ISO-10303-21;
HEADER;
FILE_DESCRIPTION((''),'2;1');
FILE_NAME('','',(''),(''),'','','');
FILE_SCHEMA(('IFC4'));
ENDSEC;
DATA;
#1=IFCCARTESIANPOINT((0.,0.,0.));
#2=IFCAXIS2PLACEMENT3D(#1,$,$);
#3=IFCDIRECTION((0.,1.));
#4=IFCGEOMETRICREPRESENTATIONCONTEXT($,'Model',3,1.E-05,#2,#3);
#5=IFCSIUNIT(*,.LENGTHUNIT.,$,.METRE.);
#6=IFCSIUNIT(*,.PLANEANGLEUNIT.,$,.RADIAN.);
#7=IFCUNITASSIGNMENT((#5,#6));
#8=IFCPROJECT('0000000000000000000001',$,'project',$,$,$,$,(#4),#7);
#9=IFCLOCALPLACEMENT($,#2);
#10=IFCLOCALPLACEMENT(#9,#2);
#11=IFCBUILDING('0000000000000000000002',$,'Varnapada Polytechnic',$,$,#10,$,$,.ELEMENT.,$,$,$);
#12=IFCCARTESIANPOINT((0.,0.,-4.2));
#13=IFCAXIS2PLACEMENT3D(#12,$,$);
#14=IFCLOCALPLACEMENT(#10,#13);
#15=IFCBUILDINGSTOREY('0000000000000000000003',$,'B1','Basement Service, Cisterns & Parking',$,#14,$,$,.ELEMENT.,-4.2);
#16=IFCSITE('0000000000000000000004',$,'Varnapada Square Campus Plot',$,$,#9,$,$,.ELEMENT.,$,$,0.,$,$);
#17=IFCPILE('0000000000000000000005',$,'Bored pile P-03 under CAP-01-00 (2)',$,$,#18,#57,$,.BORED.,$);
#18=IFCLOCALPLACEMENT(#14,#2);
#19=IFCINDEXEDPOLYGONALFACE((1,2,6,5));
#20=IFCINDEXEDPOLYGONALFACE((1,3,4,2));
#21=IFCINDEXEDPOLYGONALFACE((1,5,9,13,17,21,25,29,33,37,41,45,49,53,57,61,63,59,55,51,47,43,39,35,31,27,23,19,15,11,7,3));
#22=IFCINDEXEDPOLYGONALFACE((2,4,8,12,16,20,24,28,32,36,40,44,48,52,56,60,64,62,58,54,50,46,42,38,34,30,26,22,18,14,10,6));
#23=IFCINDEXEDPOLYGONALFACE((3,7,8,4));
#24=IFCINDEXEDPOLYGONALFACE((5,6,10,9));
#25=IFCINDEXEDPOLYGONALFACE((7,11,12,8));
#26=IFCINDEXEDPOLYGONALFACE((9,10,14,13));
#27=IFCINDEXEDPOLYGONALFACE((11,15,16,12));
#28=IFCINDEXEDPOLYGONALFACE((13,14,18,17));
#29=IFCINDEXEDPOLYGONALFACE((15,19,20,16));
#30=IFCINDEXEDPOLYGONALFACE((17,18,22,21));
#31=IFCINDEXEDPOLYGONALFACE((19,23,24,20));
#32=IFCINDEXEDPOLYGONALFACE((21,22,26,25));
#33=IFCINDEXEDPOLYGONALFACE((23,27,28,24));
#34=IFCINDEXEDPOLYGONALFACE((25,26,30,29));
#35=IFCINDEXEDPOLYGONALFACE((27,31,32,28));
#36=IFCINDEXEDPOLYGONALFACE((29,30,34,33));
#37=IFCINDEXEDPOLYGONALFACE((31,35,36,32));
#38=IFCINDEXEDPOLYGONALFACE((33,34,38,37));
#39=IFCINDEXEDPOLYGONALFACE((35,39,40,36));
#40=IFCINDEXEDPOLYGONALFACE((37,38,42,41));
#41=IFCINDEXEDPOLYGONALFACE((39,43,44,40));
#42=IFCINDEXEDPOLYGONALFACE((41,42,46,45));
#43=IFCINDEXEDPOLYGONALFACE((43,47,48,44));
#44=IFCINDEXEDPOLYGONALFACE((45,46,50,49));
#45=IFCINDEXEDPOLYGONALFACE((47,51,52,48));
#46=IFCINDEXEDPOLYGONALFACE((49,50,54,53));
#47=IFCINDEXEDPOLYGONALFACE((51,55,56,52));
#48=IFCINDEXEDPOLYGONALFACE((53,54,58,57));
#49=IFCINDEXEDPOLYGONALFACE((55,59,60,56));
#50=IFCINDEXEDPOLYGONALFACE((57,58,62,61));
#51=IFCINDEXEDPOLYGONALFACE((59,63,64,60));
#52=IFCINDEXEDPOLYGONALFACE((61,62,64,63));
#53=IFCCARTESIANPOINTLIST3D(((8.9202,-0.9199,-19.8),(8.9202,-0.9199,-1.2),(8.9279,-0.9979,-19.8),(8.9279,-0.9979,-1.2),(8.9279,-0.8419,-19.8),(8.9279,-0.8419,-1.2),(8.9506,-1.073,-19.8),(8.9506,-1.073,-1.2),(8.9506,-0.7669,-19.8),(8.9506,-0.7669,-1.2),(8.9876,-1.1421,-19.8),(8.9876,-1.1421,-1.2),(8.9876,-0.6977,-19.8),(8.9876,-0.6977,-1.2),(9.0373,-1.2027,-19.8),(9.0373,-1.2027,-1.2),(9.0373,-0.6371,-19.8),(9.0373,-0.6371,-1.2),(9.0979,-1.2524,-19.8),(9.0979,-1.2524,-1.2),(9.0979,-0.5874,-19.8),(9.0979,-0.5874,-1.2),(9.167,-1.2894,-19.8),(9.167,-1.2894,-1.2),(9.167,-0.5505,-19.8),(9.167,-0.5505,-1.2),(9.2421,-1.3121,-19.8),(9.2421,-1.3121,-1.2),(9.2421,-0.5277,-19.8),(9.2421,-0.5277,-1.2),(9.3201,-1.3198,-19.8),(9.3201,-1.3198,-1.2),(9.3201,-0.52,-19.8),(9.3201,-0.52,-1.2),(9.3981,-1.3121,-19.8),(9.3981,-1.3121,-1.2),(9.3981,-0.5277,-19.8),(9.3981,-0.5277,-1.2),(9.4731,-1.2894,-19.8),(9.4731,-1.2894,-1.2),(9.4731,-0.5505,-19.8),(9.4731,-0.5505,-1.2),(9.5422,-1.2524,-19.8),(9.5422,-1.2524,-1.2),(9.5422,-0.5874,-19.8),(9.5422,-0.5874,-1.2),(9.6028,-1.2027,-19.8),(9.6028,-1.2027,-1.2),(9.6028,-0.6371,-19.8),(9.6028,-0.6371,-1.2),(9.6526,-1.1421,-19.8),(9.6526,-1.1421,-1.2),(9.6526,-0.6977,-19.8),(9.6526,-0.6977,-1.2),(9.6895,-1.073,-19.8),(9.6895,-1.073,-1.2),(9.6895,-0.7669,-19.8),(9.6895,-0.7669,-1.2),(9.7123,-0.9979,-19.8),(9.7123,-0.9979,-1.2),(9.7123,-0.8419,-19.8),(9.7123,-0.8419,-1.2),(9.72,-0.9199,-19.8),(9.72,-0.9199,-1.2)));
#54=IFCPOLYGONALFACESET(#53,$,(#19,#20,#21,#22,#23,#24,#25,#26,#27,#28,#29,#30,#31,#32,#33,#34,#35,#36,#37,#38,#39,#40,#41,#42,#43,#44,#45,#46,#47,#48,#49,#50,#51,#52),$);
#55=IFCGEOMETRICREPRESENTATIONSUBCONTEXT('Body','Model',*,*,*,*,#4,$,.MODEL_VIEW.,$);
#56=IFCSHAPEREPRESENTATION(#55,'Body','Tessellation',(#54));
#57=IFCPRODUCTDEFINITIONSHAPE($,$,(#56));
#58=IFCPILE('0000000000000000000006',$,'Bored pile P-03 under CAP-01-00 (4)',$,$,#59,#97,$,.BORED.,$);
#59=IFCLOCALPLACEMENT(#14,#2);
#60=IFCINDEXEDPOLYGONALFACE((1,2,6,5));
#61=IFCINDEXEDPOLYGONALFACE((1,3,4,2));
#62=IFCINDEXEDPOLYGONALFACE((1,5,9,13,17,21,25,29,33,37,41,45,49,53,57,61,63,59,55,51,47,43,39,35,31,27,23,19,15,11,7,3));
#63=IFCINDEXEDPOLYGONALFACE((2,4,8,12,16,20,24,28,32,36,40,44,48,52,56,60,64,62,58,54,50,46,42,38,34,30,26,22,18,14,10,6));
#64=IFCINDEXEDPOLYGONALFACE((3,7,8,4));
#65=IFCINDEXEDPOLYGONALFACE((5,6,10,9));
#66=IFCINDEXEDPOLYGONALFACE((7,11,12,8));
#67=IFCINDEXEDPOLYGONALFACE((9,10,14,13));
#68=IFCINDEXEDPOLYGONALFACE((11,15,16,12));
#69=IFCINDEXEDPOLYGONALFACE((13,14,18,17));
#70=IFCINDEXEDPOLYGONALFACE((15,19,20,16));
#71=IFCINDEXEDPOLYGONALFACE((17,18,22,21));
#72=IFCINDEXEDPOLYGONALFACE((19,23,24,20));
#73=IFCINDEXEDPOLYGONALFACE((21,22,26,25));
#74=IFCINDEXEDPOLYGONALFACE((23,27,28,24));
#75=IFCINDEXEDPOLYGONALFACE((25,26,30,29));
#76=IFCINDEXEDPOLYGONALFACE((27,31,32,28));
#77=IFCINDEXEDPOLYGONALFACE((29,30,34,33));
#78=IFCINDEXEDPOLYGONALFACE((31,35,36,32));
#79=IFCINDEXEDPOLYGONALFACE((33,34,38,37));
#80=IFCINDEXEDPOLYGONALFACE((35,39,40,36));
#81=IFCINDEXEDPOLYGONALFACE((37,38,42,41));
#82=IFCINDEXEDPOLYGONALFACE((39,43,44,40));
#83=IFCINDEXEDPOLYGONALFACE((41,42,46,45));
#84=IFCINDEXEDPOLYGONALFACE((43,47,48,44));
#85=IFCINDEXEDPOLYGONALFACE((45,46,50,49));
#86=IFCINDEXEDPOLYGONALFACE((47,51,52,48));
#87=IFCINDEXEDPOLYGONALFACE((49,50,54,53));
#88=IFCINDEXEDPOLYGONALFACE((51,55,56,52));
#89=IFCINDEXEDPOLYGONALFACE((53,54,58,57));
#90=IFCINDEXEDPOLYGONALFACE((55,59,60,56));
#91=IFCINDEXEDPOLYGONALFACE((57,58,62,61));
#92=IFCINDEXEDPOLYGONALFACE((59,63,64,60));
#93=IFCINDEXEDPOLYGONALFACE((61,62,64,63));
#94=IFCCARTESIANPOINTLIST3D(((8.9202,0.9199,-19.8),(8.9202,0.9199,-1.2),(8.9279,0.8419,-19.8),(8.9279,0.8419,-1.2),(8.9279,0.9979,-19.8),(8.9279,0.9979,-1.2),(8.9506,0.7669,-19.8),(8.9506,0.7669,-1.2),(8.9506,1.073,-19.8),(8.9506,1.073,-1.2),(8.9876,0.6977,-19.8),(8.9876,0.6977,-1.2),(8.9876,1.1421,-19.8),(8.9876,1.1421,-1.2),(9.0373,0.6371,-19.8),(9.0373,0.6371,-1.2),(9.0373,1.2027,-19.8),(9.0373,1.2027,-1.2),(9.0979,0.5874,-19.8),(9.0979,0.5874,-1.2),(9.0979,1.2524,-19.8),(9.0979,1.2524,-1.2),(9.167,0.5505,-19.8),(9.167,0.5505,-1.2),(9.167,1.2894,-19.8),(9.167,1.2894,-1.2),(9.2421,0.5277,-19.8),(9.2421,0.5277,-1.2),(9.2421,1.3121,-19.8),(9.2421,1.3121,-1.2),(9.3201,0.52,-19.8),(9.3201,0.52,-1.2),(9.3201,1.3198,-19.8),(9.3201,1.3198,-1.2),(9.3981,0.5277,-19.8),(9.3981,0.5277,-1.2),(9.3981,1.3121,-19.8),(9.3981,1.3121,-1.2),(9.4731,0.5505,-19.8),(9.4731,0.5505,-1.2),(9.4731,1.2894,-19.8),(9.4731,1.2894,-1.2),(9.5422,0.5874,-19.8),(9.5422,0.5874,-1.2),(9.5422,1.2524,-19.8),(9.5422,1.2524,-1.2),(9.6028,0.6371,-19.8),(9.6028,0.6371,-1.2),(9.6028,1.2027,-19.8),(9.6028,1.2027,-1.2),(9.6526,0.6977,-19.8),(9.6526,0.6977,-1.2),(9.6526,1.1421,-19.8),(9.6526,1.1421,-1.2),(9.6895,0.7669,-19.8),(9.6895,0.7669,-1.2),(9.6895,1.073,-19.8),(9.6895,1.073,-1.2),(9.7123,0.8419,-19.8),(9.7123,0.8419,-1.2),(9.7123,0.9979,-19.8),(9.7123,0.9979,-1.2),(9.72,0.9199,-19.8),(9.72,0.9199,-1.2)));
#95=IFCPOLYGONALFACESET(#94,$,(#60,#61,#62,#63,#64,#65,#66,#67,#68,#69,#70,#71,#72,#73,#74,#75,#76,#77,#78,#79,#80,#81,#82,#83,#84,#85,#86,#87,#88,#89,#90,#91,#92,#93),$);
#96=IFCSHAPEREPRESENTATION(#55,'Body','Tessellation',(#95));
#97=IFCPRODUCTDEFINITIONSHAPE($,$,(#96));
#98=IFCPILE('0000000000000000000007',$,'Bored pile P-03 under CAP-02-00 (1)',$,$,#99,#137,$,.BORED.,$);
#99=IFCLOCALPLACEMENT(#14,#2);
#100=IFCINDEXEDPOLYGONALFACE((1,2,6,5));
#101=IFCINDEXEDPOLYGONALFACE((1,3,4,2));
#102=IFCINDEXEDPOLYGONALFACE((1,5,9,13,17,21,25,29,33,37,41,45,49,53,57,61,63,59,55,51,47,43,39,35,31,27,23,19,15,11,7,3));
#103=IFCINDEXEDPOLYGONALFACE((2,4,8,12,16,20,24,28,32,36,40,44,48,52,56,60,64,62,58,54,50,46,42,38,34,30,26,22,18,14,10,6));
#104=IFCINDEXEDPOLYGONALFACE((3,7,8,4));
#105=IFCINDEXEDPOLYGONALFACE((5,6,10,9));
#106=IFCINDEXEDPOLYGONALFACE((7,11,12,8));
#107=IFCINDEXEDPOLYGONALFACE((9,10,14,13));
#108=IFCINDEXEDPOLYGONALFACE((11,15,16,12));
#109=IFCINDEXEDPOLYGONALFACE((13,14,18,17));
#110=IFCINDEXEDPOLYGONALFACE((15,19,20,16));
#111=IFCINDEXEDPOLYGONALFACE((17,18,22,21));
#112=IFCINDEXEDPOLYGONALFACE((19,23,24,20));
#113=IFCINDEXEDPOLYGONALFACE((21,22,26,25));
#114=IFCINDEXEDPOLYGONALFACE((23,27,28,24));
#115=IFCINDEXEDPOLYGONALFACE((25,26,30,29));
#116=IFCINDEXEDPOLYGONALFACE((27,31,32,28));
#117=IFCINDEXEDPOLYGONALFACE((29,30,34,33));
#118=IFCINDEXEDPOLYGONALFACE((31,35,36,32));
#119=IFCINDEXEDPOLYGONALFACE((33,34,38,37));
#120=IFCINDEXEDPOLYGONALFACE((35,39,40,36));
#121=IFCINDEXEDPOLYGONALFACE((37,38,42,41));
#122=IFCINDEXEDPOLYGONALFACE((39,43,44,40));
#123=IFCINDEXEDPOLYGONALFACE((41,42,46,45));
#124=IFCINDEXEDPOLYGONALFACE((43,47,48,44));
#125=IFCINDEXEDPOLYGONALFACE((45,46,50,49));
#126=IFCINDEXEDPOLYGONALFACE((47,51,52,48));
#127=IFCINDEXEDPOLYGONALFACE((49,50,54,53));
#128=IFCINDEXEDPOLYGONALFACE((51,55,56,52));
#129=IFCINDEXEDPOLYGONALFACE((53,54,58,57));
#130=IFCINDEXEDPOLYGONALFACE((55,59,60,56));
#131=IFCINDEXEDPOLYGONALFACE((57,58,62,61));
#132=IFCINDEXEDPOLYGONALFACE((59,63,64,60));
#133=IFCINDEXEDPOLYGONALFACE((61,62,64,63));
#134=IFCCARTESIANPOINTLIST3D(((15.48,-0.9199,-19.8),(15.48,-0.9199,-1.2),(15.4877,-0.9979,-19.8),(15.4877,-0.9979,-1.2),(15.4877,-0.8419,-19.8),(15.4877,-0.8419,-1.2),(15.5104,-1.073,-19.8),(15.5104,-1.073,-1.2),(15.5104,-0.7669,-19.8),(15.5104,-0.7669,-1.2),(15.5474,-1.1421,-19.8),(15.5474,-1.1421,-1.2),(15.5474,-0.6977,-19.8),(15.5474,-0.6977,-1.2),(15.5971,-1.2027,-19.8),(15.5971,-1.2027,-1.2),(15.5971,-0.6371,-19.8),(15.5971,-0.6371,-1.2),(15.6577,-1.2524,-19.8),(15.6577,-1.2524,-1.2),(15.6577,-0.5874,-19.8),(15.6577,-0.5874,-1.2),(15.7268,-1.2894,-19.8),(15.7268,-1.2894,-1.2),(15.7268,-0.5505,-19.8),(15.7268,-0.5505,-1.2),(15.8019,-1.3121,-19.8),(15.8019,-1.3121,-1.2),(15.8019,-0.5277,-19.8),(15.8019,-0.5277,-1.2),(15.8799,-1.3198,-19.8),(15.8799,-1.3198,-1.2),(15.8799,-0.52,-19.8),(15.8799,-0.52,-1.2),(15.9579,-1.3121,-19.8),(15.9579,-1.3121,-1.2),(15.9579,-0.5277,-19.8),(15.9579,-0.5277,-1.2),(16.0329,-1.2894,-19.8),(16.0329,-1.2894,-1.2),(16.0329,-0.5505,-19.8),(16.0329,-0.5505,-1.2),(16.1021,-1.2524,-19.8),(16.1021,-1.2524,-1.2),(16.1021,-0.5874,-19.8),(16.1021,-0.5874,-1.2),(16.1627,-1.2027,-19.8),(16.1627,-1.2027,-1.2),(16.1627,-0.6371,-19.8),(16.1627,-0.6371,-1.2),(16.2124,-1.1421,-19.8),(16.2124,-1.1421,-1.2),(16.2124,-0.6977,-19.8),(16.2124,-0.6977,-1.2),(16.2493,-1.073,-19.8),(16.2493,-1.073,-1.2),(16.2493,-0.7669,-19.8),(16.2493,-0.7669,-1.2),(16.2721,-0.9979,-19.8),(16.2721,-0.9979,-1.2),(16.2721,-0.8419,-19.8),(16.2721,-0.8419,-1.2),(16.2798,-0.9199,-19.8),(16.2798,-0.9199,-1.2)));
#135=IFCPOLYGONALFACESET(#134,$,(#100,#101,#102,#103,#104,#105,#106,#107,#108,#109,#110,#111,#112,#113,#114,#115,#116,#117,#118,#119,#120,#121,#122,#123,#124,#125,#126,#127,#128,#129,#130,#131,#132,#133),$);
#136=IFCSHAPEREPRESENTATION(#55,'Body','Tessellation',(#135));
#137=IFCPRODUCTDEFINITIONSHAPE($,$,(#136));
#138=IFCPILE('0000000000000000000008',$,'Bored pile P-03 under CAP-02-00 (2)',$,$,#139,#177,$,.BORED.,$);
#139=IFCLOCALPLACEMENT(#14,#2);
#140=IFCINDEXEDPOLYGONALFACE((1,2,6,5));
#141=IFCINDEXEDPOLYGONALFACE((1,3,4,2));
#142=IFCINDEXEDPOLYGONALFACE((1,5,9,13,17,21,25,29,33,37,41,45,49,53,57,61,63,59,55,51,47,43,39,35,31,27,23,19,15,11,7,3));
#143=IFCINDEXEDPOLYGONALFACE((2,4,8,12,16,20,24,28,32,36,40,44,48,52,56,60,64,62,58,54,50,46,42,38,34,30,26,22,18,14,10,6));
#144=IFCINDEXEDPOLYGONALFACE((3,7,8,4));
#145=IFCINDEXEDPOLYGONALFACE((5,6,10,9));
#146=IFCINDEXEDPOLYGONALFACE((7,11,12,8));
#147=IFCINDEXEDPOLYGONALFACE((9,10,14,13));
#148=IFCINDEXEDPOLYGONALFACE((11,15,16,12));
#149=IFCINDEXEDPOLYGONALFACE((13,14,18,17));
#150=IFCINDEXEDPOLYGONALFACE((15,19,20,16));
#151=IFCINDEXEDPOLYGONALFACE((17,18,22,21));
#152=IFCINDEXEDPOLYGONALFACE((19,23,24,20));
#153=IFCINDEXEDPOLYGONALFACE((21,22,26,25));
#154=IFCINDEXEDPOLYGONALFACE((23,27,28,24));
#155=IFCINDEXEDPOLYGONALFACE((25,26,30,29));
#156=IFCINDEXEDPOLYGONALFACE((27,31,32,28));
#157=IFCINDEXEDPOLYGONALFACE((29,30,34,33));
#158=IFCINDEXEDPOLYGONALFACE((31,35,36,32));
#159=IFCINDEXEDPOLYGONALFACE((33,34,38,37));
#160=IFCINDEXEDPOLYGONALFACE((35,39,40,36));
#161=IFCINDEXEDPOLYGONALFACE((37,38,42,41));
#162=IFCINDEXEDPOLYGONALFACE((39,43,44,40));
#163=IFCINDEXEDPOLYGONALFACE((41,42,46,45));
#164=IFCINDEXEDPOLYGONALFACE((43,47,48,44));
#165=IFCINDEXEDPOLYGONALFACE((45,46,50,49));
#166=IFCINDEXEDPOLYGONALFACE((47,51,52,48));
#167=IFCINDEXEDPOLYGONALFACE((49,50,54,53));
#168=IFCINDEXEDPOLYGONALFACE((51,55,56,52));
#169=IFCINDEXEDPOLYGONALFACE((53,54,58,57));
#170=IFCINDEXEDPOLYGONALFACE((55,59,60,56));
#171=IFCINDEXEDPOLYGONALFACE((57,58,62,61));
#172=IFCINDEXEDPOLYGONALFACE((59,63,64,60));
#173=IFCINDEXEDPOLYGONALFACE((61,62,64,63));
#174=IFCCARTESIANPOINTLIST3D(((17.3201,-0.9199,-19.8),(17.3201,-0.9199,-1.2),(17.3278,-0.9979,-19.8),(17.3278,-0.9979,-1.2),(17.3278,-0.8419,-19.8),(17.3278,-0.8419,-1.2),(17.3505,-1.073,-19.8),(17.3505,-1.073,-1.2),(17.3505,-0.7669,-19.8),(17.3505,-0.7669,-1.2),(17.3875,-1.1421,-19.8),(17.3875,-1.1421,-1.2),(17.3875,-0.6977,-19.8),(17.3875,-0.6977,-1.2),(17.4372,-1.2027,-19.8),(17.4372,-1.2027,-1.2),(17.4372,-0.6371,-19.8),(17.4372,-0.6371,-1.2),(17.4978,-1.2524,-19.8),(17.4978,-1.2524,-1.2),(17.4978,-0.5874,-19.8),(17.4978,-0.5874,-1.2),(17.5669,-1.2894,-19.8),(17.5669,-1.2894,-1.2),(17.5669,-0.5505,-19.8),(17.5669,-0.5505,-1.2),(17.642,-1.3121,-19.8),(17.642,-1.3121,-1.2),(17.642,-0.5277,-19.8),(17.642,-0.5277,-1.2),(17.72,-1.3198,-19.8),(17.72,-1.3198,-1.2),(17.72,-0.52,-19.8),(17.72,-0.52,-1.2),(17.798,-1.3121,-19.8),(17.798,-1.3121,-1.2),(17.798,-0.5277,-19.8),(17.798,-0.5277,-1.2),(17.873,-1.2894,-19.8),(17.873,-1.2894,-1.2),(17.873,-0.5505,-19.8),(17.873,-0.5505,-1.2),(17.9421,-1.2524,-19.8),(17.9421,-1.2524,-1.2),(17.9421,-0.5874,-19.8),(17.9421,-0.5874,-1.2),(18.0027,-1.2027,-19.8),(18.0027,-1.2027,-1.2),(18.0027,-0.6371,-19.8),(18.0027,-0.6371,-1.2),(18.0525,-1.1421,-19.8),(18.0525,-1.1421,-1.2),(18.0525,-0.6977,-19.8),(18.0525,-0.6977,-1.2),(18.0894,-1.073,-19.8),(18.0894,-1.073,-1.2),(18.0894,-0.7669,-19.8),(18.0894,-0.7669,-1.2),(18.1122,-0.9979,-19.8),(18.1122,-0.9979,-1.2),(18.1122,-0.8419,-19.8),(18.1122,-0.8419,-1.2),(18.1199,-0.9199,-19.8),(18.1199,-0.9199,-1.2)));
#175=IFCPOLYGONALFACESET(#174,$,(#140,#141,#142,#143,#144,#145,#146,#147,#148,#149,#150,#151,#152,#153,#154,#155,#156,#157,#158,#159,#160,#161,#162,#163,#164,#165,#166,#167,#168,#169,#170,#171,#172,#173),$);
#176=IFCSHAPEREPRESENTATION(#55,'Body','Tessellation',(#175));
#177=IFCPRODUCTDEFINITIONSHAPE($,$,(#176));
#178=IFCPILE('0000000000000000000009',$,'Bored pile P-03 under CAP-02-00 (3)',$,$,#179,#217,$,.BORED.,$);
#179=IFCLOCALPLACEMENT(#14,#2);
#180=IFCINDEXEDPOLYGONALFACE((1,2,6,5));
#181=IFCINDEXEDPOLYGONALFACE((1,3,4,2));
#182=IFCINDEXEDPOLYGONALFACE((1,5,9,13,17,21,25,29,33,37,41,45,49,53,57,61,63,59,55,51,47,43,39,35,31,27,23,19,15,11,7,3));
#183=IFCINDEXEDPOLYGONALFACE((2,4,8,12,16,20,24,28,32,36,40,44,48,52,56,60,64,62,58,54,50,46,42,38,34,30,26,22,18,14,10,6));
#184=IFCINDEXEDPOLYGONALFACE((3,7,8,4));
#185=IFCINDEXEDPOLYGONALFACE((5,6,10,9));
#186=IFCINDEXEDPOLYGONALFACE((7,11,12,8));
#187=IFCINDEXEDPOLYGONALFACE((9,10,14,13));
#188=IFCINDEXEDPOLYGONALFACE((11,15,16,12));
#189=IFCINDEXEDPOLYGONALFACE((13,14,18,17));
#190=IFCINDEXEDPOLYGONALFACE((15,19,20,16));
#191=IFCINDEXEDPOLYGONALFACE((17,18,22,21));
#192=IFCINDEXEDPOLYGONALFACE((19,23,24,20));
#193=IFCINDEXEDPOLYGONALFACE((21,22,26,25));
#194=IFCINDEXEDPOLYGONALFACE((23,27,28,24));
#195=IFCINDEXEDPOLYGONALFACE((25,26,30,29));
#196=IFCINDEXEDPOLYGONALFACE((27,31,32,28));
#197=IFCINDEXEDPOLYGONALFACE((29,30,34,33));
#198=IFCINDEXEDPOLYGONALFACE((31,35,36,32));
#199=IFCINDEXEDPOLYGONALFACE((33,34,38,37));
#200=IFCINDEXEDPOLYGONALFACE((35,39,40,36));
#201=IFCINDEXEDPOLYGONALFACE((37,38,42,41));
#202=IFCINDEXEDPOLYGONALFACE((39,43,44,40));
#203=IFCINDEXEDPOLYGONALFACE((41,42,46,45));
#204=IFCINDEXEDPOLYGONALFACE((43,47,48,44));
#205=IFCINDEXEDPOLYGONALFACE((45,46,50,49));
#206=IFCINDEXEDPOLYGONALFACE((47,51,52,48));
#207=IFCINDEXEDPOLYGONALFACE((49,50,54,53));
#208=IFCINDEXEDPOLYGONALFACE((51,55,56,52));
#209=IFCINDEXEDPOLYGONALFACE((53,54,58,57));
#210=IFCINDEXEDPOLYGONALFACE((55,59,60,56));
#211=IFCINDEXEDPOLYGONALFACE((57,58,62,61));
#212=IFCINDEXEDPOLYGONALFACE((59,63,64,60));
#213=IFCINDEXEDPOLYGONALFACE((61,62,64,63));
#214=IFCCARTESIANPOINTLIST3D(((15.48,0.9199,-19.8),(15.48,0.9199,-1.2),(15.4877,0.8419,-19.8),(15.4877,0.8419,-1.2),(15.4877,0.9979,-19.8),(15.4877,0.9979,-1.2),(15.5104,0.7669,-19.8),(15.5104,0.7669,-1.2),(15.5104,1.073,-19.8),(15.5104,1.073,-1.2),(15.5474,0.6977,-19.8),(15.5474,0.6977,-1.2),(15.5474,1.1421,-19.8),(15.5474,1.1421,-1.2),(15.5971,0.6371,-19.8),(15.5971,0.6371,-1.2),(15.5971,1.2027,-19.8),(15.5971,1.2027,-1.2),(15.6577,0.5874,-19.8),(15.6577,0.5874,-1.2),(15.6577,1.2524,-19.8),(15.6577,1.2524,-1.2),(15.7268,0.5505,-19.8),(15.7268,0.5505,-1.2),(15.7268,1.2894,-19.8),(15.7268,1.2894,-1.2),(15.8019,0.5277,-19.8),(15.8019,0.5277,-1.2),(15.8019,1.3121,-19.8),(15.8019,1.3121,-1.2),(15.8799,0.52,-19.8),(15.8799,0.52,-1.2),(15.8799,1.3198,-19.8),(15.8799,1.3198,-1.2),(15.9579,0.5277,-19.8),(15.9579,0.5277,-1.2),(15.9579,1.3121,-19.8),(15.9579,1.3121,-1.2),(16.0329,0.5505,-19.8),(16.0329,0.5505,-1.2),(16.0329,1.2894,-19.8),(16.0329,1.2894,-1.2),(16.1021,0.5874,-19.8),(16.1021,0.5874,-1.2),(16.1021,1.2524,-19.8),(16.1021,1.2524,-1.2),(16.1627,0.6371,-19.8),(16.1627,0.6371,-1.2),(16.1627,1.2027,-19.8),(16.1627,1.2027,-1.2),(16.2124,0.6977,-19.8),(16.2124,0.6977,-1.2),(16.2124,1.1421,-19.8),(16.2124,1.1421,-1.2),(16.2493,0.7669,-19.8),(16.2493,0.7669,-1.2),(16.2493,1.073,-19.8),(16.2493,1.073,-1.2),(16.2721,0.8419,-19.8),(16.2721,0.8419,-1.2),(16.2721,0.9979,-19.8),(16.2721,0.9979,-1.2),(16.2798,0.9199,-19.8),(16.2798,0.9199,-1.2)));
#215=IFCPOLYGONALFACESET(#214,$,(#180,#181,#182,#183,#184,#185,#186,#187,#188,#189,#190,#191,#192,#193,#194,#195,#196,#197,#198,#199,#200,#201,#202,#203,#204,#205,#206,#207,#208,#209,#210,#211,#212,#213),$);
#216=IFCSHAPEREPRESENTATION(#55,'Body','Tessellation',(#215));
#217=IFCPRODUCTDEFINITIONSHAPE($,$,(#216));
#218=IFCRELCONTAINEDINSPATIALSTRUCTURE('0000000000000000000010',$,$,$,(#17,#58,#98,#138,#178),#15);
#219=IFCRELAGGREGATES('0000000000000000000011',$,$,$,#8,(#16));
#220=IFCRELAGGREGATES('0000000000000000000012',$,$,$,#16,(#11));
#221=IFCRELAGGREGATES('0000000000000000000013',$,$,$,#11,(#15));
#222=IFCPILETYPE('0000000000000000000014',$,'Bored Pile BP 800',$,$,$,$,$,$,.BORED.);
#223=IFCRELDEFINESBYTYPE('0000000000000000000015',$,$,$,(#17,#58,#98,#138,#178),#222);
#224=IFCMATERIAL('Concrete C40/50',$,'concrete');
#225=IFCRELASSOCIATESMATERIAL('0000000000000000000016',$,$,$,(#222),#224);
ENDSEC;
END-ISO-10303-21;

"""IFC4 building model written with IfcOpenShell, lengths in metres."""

from ifc_helpers import new_model, si_unit, direction, frame, origin, origin_2d, place, context, subcontext, project, spatial, circle, extrude, material, material_profile, profile_set, type_object, element, save


model = new_model("IFC4")

# Units and contexts
model_context = context("Model", 3, precision=1e-05, world=origin(), true_north=direction((0.0, 1.0)))
body_context = subcontext(model_context, "Body", "Model", "MODEL_VIEW")
ifc_project = project(units=[si_unit("LENGTHUNIT", "METRE"), si_unit("PLANEANGLEUNIT", "RADIAN")], contexts=[model_context])

# Site, building, storey
site_placement = place(None, origin())
site = spatial("IfcSite", under=ifc_project, at=site_placement, Name="Varnapada Square Campus Plot", CompositionType="ELEMENT", RefElevation=0.0)
building_placement = place(site_placement, origin())
building = spatial("IfcBuilding", under=site, at=building_placement, Name="Varnapada Polytechnic", CompositionType="ELEMENT")
storey_placement = place(building_placement, frame((0.0, 0.0, -4.2)))
storey = spatial("IfcBuildingStorey", under=building, at=storey_placement, Name="B1", Description="Basement Service, Cisterns & Parking", CompositionType="ELEMENT", Elevation=-4.2)

# Piles
ifc_material_1 = material(Name="Concrete C40/50", Category="concrete")
ifc_material_profile_1 = material_profile(ifc_material_1, circle(Radius=0.3999, at=origin_2d()), Name="BP 800")
ifc_profile_set_1 = profile_set([ifc_material_profile_1], Name="Concrete C40/50")
pile_type_1 = type_object("IfcPileType", Name="Bored Pile BP 800", PredefinedType="BORED", material=ifc_profile_set_1)
for number, where, z_axis, x_axis, name in (
    (1, (9.3201, -0.9199, -1.2), (0.0, 0.0, -1.0), (1.0, 0.0, 0.0), "Bored pile P-03 under CAP-01-00 (2)"),
    (2, (9.3201, 0.9199, -1.2), (0.0, 0.0, -1.0), (1.0, 0.0, 0.0), "Bored pile P-03 under CAP-01-00 (4)"),
    (3, (15.8799, -0.9199, -1.2), (0.0, 0.0, -1.0), (1.0, 0.0, 0.0), "Bored pile P-03 under CAP-02-00 (1)"),
    (4, (17.72, -0.9199, -1.2), (0.0, 0.0, -1.0), (1.0, 0.0, 0.0), "Bored pile P-03 under CAP-02-00 (2)"),
    (5, (15.8799, 0.9199, -1.2), (0.0, 0.0, -1.0), (1.0, 0.0, 0.0), "Bored pile P-03 under CAP-02-00 (3)"),
):
    element("IfcPile", number, at=place(storey_placement, frame(where, z_axis=z_axis, x_axis=x_axis)), inside=storey, type_object=pile_type_1, Name=name, PredefinedType="BORED", context=body_context, shape_type="SweptSolid", body=[
        extrude(circle(Radius=0.3999, at=origin_2d()), origin(), (0.0, 0.0, 1.0), 18.6001),
    ])

save(model, "model.ifc")
